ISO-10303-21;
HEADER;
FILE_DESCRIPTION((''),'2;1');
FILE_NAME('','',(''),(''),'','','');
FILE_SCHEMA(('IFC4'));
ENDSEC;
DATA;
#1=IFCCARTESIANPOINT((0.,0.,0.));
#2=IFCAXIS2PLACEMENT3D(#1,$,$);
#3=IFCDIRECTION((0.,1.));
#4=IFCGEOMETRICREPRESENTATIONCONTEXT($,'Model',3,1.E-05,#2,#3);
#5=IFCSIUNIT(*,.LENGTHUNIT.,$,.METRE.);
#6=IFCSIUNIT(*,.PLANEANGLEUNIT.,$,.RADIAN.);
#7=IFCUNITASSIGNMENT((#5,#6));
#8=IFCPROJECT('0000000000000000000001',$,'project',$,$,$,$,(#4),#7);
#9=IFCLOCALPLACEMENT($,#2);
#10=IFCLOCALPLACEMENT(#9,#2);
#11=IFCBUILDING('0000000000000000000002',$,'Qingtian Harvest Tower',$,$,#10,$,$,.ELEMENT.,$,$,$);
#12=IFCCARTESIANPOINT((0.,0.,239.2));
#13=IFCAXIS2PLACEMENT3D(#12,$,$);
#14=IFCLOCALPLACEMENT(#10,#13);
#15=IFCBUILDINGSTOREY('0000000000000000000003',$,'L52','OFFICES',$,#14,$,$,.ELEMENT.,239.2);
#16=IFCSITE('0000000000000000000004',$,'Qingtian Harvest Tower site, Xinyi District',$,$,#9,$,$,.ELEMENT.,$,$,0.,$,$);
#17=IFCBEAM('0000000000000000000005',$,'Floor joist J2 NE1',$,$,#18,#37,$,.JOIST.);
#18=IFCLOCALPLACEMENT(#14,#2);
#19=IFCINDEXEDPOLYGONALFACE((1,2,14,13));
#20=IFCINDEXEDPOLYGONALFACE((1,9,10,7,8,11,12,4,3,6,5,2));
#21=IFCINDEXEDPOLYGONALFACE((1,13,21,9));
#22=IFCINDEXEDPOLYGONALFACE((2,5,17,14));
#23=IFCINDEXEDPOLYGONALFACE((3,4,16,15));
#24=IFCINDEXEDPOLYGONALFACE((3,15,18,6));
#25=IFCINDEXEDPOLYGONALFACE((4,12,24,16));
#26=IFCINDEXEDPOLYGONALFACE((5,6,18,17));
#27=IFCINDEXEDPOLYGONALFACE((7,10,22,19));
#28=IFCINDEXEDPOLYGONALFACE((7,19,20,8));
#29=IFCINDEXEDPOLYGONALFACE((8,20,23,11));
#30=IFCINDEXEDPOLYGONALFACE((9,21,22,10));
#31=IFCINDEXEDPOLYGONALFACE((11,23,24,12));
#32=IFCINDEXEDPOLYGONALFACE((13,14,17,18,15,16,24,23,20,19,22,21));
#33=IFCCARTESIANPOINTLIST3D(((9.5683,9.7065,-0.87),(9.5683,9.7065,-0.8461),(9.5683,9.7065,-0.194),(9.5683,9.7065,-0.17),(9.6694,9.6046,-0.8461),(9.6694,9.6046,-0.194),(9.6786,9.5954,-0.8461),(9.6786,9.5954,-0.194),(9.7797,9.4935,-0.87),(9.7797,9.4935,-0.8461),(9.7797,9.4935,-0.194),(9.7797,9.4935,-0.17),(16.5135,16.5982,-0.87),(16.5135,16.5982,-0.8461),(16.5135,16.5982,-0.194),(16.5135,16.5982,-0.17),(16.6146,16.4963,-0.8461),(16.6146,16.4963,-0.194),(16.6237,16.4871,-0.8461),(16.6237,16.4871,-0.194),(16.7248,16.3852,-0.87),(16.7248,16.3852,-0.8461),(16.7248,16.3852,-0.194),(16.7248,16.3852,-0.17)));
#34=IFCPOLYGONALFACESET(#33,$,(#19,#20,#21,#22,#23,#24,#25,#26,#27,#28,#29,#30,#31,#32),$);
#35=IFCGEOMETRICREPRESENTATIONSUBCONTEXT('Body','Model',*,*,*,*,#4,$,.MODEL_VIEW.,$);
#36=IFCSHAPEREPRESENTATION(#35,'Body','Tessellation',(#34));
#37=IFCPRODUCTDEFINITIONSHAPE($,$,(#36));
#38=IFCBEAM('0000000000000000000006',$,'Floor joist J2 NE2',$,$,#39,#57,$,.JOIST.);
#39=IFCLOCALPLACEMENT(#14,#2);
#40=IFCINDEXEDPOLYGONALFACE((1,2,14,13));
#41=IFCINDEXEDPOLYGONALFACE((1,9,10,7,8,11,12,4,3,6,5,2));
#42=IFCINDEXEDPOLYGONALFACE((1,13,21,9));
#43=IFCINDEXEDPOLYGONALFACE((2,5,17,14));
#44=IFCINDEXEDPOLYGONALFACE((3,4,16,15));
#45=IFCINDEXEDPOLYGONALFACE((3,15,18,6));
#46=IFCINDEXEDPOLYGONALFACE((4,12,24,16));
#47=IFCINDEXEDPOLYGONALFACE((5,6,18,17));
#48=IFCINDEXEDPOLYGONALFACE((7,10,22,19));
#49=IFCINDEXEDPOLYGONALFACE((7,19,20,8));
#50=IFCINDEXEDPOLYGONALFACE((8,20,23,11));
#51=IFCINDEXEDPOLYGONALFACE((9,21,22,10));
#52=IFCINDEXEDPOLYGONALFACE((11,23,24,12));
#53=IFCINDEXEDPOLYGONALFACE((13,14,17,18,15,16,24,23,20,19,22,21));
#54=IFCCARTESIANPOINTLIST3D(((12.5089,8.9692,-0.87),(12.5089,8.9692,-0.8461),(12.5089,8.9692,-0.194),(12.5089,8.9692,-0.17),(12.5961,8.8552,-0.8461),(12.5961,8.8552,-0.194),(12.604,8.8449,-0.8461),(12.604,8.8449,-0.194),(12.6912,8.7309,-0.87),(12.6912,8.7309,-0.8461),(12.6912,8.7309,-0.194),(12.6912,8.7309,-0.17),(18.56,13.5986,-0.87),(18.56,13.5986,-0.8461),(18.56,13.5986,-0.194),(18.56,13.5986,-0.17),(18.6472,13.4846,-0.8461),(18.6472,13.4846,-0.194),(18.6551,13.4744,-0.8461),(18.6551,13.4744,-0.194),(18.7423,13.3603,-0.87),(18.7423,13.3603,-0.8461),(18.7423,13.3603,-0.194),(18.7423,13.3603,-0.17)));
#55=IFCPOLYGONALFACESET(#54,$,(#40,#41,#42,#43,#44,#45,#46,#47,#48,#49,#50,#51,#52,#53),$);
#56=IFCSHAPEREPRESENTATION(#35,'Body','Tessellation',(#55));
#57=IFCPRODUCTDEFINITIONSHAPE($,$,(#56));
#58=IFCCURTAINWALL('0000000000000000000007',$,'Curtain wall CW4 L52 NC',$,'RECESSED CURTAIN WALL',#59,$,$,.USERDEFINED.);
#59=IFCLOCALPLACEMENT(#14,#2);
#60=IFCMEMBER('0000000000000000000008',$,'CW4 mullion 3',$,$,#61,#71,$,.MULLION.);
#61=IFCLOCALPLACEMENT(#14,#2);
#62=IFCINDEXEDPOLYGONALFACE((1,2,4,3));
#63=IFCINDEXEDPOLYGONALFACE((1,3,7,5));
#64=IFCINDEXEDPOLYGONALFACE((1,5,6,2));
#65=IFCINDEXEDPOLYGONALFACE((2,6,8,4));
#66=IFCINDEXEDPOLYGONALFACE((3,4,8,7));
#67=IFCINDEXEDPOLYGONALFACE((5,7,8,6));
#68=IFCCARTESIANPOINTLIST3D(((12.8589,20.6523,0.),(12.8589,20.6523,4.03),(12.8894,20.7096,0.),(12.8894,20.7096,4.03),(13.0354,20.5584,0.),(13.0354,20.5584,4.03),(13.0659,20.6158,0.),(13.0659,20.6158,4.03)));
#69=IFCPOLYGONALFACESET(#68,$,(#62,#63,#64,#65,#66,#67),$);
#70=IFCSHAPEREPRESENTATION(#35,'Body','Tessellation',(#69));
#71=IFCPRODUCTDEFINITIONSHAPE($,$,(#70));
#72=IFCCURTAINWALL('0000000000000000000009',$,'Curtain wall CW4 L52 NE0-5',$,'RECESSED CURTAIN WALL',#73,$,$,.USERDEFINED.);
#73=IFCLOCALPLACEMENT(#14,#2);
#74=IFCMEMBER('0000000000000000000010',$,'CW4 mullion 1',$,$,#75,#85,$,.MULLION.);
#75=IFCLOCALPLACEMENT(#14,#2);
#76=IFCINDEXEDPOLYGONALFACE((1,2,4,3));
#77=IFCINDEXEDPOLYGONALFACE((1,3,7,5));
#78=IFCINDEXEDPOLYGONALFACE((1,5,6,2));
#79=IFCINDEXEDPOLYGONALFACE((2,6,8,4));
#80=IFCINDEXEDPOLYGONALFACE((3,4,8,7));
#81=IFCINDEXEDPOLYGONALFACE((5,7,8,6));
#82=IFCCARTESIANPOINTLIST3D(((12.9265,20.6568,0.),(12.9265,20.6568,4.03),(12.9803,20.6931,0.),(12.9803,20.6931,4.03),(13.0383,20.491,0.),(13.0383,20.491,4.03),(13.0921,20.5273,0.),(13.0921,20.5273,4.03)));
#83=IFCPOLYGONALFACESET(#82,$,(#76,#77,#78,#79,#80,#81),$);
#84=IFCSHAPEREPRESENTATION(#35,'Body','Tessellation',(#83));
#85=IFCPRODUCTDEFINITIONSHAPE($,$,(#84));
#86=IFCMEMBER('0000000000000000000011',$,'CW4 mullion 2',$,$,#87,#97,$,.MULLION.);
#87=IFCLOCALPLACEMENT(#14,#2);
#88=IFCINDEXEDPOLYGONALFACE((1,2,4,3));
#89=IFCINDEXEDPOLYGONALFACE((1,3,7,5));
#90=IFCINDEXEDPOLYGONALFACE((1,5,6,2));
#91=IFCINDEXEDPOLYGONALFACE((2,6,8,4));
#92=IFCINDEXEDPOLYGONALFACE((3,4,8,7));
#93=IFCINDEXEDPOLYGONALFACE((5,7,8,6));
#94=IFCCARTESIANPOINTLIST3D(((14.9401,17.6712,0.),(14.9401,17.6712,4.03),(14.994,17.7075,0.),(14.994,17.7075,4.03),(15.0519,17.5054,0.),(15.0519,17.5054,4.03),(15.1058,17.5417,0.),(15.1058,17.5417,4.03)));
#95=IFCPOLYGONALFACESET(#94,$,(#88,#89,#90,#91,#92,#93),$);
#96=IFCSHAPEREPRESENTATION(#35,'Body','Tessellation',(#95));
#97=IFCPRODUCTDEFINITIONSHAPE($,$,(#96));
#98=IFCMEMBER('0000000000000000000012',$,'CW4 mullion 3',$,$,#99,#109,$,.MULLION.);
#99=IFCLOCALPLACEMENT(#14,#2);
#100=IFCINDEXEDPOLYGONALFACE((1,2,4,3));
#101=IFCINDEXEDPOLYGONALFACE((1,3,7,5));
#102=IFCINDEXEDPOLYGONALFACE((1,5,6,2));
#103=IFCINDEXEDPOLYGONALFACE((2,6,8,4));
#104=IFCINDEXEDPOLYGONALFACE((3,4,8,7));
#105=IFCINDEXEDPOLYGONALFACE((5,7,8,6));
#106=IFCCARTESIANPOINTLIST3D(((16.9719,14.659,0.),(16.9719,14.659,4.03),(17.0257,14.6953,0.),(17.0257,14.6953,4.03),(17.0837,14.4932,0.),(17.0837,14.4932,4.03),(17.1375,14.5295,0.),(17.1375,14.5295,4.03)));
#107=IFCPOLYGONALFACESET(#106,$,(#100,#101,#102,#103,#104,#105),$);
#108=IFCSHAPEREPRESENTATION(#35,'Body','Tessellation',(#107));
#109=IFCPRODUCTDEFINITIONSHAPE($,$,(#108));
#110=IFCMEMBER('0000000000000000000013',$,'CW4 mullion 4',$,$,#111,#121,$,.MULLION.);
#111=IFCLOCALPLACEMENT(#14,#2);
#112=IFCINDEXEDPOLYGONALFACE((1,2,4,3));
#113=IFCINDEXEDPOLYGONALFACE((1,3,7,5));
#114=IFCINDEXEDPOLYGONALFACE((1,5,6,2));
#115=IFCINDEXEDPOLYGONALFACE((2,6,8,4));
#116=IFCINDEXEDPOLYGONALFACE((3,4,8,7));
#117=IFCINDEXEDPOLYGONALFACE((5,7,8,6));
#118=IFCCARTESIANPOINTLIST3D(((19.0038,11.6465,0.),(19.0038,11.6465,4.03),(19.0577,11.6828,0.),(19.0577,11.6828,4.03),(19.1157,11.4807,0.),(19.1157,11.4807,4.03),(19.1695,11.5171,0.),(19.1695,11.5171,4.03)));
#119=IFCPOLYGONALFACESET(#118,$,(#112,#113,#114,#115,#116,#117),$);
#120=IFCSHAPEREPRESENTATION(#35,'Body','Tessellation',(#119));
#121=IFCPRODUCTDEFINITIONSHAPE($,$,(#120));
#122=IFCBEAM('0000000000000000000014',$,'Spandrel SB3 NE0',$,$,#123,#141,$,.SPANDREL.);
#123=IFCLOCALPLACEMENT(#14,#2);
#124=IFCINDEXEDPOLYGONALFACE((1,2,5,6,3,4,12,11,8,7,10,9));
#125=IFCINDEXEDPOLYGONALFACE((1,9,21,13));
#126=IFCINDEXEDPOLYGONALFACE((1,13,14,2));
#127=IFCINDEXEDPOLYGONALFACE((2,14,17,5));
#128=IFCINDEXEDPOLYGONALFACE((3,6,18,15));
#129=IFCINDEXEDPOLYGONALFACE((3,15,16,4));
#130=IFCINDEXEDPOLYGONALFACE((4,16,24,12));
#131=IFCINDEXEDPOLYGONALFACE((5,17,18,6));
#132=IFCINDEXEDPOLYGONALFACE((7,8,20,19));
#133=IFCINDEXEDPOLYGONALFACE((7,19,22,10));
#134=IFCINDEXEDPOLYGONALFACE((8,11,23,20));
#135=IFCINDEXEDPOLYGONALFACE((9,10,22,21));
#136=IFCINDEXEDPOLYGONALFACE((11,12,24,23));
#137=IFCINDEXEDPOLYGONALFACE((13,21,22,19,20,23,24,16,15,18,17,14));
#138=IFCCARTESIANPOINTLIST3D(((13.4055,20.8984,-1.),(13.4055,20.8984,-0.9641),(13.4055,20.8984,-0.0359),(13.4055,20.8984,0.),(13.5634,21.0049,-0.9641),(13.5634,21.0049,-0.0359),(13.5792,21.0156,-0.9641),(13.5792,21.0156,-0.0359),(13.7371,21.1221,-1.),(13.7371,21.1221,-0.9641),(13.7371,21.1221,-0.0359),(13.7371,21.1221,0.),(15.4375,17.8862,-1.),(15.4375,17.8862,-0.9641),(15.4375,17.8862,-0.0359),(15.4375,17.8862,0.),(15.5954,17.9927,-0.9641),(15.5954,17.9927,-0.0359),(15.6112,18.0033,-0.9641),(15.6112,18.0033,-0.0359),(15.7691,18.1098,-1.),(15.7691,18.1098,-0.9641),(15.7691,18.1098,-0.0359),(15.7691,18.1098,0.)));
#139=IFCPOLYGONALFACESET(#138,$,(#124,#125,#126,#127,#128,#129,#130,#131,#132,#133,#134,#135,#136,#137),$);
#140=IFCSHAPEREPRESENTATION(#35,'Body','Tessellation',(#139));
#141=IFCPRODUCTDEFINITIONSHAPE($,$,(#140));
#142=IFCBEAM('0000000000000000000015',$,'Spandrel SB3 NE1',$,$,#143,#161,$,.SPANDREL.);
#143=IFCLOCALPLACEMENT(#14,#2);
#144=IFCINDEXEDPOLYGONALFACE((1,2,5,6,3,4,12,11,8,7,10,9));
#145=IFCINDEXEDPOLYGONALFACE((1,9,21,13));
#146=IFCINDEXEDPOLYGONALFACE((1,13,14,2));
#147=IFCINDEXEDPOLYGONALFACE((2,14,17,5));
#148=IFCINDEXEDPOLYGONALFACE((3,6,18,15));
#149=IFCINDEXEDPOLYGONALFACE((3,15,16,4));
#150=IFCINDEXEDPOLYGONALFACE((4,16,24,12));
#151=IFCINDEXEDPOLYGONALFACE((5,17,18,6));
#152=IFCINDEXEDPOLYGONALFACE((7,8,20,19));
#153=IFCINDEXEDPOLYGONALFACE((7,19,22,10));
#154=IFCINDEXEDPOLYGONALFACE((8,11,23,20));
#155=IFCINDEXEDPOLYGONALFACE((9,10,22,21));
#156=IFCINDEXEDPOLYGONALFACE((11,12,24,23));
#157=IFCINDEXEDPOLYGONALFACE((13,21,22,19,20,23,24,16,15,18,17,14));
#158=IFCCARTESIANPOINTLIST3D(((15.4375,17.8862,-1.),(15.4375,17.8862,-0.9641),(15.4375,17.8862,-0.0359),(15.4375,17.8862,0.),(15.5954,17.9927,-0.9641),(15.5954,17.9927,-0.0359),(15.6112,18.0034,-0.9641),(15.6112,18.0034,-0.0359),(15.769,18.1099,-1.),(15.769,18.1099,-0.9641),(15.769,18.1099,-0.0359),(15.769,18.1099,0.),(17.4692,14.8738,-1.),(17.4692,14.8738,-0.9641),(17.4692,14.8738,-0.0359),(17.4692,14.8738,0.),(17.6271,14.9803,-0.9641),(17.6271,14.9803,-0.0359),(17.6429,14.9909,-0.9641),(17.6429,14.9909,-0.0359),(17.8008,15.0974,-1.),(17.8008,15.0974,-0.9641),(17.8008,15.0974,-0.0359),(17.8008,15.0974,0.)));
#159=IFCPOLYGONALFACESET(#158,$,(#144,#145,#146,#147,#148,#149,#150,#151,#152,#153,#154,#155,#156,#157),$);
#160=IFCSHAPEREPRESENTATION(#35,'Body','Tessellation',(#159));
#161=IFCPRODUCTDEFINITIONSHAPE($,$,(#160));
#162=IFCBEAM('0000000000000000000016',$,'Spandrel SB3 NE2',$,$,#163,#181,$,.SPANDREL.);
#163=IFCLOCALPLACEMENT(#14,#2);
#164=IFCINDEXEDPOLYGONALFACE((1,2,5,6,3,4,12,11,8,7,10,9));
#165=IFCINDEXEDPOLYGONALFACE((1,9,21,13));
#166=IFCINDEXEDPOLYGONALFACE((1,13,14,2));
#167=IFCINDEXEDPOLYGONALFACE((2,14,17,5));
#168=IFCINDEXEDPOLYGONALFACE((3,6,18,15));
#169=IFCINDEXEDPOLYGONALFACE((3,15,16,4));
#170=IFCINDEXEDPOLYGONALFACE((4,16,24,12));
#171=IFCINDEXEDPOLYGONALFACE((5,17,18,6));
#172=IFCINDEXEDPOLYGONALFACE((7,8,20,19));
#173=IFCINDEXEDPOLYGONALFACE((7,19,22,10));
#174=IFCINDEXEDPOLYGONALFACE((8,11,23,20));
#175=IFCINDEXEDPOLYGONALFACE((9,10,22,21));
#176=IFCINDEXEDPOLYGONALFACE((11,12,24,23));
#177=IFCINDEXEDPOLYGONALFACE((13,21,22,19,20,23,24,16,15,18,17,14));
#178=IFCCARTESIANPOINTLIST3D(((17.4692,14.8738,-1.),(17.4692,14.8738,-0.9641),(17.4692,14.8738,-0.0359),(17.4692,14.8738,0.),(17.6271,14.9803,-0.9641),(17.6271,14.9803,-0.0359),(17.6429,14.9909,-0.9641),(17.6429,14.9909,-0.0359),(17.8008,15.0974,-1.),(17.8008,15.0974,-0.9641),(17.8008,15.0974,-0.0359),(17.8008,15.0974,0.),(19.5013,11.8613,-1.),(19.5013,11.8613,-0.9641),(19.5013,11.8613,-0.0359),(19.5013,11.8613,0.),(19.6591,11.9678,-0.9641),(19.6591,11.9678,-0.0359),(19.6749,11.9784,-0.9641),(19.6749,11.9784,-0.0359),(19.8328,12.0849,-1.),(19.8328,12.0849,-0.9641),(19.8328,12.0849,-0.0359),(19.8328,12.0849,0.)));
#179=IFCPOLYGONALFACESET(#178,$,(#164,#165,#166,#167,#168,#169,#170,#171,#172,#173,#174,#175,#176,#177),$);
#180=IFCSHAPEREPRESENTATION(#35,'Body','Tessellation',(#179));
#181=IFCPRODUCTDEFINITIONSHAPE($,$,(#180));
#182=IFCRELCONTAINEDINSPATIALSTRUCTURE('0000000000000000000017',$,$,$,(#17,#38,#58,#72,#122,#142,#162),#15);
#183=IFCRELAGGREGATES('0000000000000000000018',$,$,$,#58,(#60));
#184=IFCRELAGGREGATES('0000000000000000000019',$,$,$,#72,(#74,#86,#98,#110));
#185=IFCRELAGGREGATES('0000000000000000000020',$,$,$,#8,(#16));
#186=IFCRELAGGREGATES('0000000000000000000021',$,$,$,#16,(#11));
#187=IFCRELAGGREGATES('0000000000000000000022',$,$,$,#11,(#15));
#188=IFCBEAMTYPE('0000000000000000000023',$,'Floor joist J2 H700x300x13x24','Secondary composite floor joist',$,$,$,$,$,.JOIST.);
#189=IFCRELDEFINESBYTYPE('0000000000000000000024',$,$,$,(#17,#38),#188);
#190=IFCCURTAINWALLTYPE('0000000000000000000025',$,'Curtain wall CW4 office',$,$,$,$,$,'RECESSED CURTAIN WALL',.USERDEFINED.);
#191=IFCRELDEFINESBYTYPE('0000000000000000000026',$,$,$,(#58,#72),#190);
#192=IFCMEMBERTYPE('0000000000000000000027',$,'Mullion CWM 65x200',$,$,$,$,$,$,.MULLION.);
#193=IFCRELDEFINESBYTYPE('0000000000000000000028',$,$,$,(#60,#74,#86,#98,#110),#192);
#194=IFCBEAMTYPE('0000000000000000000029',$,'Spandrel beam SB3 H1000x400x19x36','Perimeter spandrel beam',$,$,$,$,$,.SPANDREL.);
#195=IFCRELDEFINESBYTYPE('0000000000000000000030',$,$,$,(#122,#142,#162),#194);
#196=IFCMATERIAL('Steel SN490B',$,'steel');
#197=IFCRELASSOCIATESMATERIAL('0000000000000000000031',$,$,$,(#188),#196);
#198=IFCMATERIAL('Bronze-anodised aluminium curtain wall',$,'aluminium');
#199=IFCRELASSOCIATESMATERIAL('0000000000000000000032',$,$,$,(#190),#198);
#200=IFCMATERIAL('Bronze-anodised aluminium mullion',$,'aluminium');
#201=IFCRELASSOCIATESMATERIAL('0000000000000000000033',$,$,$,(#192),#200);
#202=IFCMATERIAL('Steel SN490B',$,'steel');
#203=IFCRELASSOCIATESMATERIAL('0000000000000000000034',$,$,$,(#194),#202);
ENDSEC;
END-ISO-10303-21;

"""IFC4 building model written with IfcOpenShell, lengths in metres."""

from ifc_helpers import new_model, si_unit, direction, frame, origin, origin_2d, place, context, subcontext, project, spatial, rectangle, i_section, extrude, material, material_profile, profile_set, type_object, element, aggregate, save


model = new_model("IFC4")

# Units and contexts
model_context = context("Model", 3, precision=1e-05, world=origin(), true_north=direction((0.0, 1.0)))
body_context = subcontext(model_context, "Body", "Model", "MODEL_VIEW")
ifc_project = project(units=[si_unit("LENGTHUNIT", "METRE"), si_unit("PLANEANGLEUNIT", "RADIAN")], contexts=[model_context])

# Site, building, storey
site_placement = place(None, origin())
site = spatial("IfcSite", under=ifc_project, at=site_placement, Name="Qingtian Harvest Tower site, Xinyi District", CompositionType="ELEMENT", RefElevation=0.0)
building_placement = place(site_placement, origin())
building = spatial("IfcBuilding", under=site, at=building_placement, Name="Qingtian Harvest Tower", CompositionType="ELEMENT")
storey_placement = place(building_placement, frame((0.0, 0.0, 239.2)))
storey = spatial("IfcBuildingStorey", under=building, at=storey_placement, Name="L52", Description="OFFICES", CompositionType="ELEMENT", Elevation=239.2)

# Beams
ifc_material_1 = material(Name="Steel SN490B", Category="steel")
ifc_material_profile_1 = material_profile(ifc_material_1, i_section(OverallWidth=0.3, OverallDepth=0.7, WebThickness=0.0129, FlangeThickness=0.0239, at=origin_2d()), Name="H700x300x13x24")
ifc_profile_set_1 = profile_set([ifc_material_profile_1], Name="Steel SN490B")
beam_type_1 = type_object("IfcBeamType", Name="Floor joist J2 H700x300x13x24", Description="Secondary composite floor joist", PredefinedType="JOIST", material=ifc_profile_set_1)
beam_1_placement = place(storey_placement, frame((16.6191, 16.4917, -0.52), z_axis=(-0.709834, -0.704369, 0.0), x_axis=(0.704369, -0.709834, 0.0)))
element("IfcBeam", 1, at=beam_1_placement, inside=storey, type_object=beam_type_1, Name="Floor joist J2 NE1", PredefinedType="JOIST", context=body_context, shape_type="SweptSolid", body=[
    extrude(i_section(OverallWidth=0.3, OverallDepth=0.7, WebThickness=0.0129, FlangeThickness=0.0239, at=origin_2d()), origin(), (0.0, 0.0, 1.0), 9.7842),
])
beam_2_placement = place(storey_placement, frame((18.6511, 13.4795, -0.52), z_axis=(-0.794222, -0.607627, 0.0), x_axis=(0.607627, -0.794222, 0.0)))
element("IfcBeam", 2, at=beam_2_placement, inside=storey, type_object=beam_type_1, Name="Floor joist J2 NE2", PredefinedType="JOIST", context=body_context, shape_type="SweptSolid", body=[
    extrude(i_section(OverallWidth=0.3, OverallDepth=0.7, WebThickness=0.0129, FlangeThickness=0.0239, at=origin_2d()), origin(), (0.0, 0.0, 1.0), 7.6189),
])

# Curtain wall, member
ifc_material_2 = material(Name="Bronze-anodised aluminium curtain wall", Category="aluminium")
curtain_wall_type = type_object("IfcCurtainWallType", Name="Curtain wall CW4 office", ElementType="RECESSED CURTAIN WALL", PredefinedType="USERDEFINED", material=ifc_material_2)
curtain_wall_1_placement = place(storey_placement, origin())
curtain_wall_1 = element("IfcCurtainWall", 3, at=curtain_wall_1_placement, inside=storey, type_object=curtain_wall_type, Name="Curtain wall CW4 L52 NC", ObjectType="RECESSED CURTAIN WALL", PredefinedType="USERDEFINED")
ifc_material_3 = material(Name="Bronze-anodised aluminium mullion", Category="aluminium")
ifc_material_profile_2 = material_profile(ifc_material_3, rectangle(XDim=0.0649, YDim=0.2, at=origin_2d()), Name="AL 65x200")
ifc_profile_set_2 = profile_set([ifc_material_profile_2], Name="Bronze-anodised aluminium mullion")
member_type_1 = type_object("IfcMemberType", Name="Mullion CWM 65x200", PredefinedType="MULLION", material=ifc_profile_set_2)
member_1_placement = place(storey_placement, frame((12.9624, 20.634, 0.0), z_axis=(0.0, 0.0, 1.0), x_axis=(0.469472, 0.882948, 0.0)))
member_1 = element("IfcMember", 4, at=member_1_placement, type_object=member_type_1, Name="CW4 mullion 3", PredefinedType="MULLION", context=body_context, shape_type="SweptSolid", body=[
    extrude(rectangle(XDim=0.0649, YDim=0.2, at=origin_2d()), origin(), (0.0, 0.0, 1.0), 4.03),
])

# Curtain wall, members
curtain_wall_2_placement = place(storey_placement, origin())
curtain_wall_2 = element("IfcCurtainWall", 5, at=curtain_wall_2_placement, inside=storey, type_object=curtain_wall_type, Name="Curtain wall CW4 L52 NE0-5", ObjectType="RECESSED CURTAIN WALL", PredefinedType="USERDEFINED")
member_2_placement = place(storey_placement, frame((13.0093, 20.592, 0.0), z_axis=(0.0, 0.0, 1.0), x_axis=(0.829038, 0.559193, 0.0)))
member_2 = element("IfcMember", 6, at=member_2_placement, type_object=member_type_1, Name="CW4 mullion 1", PredefinedType="MULLION", context=body_context, shape_type="SweptSolid", body=[
    extrude(rectangle(XDim=0.0649, YDim=0.2, at=origin_2d()), origin(), (0.0, 0.0, 1.0), 4.03),
])
member_3_placement = place(storey_placement, frame((15.0229, 17.6064, 0.0), z_axis=(0.0, 0.0, 1.0), x_axis=(0.829038, 0.559193, 0.0)))
member_3 = element("IfcMember", 7, at=member_3_placement, type_object=member_type_1, Name="CW4 mullion 2", PredefinedType="MULLION", context=body_context, shape_type="SweptSolid", body=[
    extrude(rectangle(XDim=0.0649, YDim=0.2, at=origin_2d()), origin(), (0.0, 0.0, 1.0), 4.03),
])
member_4_placement = place(storey_placement, frame((17.0547, 14.5942, 0.0), z_axis=(0.0, 0.0, 1.0), x_axis=(0.829038, 0.559193, 0.0)))
member_4 = element("IfcMember", 8, at=member_4_placement, type_object=member_type_1, Name="CW4 mullion 3", PredefinedType="MULLION", context=body_context, shape_type="SweptSolid", body=[
    extrude(rectangle(XDim=0.0649, YDim=0.2, at=origin_2d()), origin(), (0.0, 0.0, 1.0), 4.03),
])
member_5_placement = place(storey_placement, frame((19.0867, 11.5818, 0.0), z_axis=(0.0, 0.0, 1.0), x_axis=(0.829038, 0.559193, 0.0)))
member_5 = element("IfcMember", 9, at=member_5_placement, type_object=member_type_1, Name="CW4 mullion 4", PredefinedType="MULLION", context=body_context, shape_type="SweptSolid", body=[
    extrude(rectangle(XDim=0.0649, YDim=0.2, at=origin_2d()), origin(), (0.0, 0.0, 1.0), 4.03),
])

# Beams
ifc_material_4 = material(Name="Steel SN490B", Category="steel")
ifc_material_profile_3 = material_profile(ifc_material_4, i_section(OverallWidth=0.3999, OverallDepth=1.0, WebThickness=0.019, FlangeThickness=0.0359, at=origin_2d()), Name="H1000x400x19x36")
ifc_profile_set_3 = profile_set([ifc_material_profile_3], Name="Steel SN490B")
beam_type_2 = type_object("IfcBeamType", Name="Spandrel beam SB3 H1000x400x19x36", Description="Perimeter spandrel beam", PredefinedType="SPANDREL", material=ifc_profile_set_3)
for number, where, z_axis, x_axis, name in (
    (10, (13.5713, 21.0103, -0.5), (0.559235, -0.829009, 0.0), (0.829009, 0.559235, 0.0), "Spandrel SB3 NE0"),
    (11, (15.6033, 17.998, -0.5), (0.559158, -0.829061, 0.0), (0.829061, 0.559158, 0.0), "Spandrel SB3 NE1"),
):
    element("IfcBeam", number, at=place(storey_placement, frame(where, z_axis=z_axis, x_axis=x_axis)), inside=storey, type_object=beam_type_2, Name=name, PredefinedType="SPANDREL", context=body_context, shape_type="SweptSolid", body=[
        extrude(i_section(OverallWidth=0.3999, OverallDepth=1.0, WebThickness=0.019, FlangeThickness=0.0359, at=origin_2d()), origin(), (0.0, 0.0, 1.0), 3.6335),
    ])
beam_3_placement = place(storey_placement, frame((17.635, 14.9856, -0.5), z_axis=(0.559204, -0.82903, 0.0), x_axis=(0.82903, 0.559204, 0.0)))
element("IfcBeam", 12, at=beam_3_placement, inside=storey, type_object=beam_type_2, Name="Spandrel SB3 NE2", PredefinedType="SPANDREL", context=body_context, shape_type="SweptSolid", body=[
    extrude(i_section(OverallWidth=0.3999, OverallDepth=1.0, WebThickness=0.019, FlangeThickness=0.0359, at=origin_2d()), origin(), (0.0, 0.0, 1.0), 3.6338),
])

aggregate(curtain_wall_1, [member_1])
aggregate(curtain_wall_2, [member_2, member_3, member_4, member_5])

save(model, "model.ifc")
